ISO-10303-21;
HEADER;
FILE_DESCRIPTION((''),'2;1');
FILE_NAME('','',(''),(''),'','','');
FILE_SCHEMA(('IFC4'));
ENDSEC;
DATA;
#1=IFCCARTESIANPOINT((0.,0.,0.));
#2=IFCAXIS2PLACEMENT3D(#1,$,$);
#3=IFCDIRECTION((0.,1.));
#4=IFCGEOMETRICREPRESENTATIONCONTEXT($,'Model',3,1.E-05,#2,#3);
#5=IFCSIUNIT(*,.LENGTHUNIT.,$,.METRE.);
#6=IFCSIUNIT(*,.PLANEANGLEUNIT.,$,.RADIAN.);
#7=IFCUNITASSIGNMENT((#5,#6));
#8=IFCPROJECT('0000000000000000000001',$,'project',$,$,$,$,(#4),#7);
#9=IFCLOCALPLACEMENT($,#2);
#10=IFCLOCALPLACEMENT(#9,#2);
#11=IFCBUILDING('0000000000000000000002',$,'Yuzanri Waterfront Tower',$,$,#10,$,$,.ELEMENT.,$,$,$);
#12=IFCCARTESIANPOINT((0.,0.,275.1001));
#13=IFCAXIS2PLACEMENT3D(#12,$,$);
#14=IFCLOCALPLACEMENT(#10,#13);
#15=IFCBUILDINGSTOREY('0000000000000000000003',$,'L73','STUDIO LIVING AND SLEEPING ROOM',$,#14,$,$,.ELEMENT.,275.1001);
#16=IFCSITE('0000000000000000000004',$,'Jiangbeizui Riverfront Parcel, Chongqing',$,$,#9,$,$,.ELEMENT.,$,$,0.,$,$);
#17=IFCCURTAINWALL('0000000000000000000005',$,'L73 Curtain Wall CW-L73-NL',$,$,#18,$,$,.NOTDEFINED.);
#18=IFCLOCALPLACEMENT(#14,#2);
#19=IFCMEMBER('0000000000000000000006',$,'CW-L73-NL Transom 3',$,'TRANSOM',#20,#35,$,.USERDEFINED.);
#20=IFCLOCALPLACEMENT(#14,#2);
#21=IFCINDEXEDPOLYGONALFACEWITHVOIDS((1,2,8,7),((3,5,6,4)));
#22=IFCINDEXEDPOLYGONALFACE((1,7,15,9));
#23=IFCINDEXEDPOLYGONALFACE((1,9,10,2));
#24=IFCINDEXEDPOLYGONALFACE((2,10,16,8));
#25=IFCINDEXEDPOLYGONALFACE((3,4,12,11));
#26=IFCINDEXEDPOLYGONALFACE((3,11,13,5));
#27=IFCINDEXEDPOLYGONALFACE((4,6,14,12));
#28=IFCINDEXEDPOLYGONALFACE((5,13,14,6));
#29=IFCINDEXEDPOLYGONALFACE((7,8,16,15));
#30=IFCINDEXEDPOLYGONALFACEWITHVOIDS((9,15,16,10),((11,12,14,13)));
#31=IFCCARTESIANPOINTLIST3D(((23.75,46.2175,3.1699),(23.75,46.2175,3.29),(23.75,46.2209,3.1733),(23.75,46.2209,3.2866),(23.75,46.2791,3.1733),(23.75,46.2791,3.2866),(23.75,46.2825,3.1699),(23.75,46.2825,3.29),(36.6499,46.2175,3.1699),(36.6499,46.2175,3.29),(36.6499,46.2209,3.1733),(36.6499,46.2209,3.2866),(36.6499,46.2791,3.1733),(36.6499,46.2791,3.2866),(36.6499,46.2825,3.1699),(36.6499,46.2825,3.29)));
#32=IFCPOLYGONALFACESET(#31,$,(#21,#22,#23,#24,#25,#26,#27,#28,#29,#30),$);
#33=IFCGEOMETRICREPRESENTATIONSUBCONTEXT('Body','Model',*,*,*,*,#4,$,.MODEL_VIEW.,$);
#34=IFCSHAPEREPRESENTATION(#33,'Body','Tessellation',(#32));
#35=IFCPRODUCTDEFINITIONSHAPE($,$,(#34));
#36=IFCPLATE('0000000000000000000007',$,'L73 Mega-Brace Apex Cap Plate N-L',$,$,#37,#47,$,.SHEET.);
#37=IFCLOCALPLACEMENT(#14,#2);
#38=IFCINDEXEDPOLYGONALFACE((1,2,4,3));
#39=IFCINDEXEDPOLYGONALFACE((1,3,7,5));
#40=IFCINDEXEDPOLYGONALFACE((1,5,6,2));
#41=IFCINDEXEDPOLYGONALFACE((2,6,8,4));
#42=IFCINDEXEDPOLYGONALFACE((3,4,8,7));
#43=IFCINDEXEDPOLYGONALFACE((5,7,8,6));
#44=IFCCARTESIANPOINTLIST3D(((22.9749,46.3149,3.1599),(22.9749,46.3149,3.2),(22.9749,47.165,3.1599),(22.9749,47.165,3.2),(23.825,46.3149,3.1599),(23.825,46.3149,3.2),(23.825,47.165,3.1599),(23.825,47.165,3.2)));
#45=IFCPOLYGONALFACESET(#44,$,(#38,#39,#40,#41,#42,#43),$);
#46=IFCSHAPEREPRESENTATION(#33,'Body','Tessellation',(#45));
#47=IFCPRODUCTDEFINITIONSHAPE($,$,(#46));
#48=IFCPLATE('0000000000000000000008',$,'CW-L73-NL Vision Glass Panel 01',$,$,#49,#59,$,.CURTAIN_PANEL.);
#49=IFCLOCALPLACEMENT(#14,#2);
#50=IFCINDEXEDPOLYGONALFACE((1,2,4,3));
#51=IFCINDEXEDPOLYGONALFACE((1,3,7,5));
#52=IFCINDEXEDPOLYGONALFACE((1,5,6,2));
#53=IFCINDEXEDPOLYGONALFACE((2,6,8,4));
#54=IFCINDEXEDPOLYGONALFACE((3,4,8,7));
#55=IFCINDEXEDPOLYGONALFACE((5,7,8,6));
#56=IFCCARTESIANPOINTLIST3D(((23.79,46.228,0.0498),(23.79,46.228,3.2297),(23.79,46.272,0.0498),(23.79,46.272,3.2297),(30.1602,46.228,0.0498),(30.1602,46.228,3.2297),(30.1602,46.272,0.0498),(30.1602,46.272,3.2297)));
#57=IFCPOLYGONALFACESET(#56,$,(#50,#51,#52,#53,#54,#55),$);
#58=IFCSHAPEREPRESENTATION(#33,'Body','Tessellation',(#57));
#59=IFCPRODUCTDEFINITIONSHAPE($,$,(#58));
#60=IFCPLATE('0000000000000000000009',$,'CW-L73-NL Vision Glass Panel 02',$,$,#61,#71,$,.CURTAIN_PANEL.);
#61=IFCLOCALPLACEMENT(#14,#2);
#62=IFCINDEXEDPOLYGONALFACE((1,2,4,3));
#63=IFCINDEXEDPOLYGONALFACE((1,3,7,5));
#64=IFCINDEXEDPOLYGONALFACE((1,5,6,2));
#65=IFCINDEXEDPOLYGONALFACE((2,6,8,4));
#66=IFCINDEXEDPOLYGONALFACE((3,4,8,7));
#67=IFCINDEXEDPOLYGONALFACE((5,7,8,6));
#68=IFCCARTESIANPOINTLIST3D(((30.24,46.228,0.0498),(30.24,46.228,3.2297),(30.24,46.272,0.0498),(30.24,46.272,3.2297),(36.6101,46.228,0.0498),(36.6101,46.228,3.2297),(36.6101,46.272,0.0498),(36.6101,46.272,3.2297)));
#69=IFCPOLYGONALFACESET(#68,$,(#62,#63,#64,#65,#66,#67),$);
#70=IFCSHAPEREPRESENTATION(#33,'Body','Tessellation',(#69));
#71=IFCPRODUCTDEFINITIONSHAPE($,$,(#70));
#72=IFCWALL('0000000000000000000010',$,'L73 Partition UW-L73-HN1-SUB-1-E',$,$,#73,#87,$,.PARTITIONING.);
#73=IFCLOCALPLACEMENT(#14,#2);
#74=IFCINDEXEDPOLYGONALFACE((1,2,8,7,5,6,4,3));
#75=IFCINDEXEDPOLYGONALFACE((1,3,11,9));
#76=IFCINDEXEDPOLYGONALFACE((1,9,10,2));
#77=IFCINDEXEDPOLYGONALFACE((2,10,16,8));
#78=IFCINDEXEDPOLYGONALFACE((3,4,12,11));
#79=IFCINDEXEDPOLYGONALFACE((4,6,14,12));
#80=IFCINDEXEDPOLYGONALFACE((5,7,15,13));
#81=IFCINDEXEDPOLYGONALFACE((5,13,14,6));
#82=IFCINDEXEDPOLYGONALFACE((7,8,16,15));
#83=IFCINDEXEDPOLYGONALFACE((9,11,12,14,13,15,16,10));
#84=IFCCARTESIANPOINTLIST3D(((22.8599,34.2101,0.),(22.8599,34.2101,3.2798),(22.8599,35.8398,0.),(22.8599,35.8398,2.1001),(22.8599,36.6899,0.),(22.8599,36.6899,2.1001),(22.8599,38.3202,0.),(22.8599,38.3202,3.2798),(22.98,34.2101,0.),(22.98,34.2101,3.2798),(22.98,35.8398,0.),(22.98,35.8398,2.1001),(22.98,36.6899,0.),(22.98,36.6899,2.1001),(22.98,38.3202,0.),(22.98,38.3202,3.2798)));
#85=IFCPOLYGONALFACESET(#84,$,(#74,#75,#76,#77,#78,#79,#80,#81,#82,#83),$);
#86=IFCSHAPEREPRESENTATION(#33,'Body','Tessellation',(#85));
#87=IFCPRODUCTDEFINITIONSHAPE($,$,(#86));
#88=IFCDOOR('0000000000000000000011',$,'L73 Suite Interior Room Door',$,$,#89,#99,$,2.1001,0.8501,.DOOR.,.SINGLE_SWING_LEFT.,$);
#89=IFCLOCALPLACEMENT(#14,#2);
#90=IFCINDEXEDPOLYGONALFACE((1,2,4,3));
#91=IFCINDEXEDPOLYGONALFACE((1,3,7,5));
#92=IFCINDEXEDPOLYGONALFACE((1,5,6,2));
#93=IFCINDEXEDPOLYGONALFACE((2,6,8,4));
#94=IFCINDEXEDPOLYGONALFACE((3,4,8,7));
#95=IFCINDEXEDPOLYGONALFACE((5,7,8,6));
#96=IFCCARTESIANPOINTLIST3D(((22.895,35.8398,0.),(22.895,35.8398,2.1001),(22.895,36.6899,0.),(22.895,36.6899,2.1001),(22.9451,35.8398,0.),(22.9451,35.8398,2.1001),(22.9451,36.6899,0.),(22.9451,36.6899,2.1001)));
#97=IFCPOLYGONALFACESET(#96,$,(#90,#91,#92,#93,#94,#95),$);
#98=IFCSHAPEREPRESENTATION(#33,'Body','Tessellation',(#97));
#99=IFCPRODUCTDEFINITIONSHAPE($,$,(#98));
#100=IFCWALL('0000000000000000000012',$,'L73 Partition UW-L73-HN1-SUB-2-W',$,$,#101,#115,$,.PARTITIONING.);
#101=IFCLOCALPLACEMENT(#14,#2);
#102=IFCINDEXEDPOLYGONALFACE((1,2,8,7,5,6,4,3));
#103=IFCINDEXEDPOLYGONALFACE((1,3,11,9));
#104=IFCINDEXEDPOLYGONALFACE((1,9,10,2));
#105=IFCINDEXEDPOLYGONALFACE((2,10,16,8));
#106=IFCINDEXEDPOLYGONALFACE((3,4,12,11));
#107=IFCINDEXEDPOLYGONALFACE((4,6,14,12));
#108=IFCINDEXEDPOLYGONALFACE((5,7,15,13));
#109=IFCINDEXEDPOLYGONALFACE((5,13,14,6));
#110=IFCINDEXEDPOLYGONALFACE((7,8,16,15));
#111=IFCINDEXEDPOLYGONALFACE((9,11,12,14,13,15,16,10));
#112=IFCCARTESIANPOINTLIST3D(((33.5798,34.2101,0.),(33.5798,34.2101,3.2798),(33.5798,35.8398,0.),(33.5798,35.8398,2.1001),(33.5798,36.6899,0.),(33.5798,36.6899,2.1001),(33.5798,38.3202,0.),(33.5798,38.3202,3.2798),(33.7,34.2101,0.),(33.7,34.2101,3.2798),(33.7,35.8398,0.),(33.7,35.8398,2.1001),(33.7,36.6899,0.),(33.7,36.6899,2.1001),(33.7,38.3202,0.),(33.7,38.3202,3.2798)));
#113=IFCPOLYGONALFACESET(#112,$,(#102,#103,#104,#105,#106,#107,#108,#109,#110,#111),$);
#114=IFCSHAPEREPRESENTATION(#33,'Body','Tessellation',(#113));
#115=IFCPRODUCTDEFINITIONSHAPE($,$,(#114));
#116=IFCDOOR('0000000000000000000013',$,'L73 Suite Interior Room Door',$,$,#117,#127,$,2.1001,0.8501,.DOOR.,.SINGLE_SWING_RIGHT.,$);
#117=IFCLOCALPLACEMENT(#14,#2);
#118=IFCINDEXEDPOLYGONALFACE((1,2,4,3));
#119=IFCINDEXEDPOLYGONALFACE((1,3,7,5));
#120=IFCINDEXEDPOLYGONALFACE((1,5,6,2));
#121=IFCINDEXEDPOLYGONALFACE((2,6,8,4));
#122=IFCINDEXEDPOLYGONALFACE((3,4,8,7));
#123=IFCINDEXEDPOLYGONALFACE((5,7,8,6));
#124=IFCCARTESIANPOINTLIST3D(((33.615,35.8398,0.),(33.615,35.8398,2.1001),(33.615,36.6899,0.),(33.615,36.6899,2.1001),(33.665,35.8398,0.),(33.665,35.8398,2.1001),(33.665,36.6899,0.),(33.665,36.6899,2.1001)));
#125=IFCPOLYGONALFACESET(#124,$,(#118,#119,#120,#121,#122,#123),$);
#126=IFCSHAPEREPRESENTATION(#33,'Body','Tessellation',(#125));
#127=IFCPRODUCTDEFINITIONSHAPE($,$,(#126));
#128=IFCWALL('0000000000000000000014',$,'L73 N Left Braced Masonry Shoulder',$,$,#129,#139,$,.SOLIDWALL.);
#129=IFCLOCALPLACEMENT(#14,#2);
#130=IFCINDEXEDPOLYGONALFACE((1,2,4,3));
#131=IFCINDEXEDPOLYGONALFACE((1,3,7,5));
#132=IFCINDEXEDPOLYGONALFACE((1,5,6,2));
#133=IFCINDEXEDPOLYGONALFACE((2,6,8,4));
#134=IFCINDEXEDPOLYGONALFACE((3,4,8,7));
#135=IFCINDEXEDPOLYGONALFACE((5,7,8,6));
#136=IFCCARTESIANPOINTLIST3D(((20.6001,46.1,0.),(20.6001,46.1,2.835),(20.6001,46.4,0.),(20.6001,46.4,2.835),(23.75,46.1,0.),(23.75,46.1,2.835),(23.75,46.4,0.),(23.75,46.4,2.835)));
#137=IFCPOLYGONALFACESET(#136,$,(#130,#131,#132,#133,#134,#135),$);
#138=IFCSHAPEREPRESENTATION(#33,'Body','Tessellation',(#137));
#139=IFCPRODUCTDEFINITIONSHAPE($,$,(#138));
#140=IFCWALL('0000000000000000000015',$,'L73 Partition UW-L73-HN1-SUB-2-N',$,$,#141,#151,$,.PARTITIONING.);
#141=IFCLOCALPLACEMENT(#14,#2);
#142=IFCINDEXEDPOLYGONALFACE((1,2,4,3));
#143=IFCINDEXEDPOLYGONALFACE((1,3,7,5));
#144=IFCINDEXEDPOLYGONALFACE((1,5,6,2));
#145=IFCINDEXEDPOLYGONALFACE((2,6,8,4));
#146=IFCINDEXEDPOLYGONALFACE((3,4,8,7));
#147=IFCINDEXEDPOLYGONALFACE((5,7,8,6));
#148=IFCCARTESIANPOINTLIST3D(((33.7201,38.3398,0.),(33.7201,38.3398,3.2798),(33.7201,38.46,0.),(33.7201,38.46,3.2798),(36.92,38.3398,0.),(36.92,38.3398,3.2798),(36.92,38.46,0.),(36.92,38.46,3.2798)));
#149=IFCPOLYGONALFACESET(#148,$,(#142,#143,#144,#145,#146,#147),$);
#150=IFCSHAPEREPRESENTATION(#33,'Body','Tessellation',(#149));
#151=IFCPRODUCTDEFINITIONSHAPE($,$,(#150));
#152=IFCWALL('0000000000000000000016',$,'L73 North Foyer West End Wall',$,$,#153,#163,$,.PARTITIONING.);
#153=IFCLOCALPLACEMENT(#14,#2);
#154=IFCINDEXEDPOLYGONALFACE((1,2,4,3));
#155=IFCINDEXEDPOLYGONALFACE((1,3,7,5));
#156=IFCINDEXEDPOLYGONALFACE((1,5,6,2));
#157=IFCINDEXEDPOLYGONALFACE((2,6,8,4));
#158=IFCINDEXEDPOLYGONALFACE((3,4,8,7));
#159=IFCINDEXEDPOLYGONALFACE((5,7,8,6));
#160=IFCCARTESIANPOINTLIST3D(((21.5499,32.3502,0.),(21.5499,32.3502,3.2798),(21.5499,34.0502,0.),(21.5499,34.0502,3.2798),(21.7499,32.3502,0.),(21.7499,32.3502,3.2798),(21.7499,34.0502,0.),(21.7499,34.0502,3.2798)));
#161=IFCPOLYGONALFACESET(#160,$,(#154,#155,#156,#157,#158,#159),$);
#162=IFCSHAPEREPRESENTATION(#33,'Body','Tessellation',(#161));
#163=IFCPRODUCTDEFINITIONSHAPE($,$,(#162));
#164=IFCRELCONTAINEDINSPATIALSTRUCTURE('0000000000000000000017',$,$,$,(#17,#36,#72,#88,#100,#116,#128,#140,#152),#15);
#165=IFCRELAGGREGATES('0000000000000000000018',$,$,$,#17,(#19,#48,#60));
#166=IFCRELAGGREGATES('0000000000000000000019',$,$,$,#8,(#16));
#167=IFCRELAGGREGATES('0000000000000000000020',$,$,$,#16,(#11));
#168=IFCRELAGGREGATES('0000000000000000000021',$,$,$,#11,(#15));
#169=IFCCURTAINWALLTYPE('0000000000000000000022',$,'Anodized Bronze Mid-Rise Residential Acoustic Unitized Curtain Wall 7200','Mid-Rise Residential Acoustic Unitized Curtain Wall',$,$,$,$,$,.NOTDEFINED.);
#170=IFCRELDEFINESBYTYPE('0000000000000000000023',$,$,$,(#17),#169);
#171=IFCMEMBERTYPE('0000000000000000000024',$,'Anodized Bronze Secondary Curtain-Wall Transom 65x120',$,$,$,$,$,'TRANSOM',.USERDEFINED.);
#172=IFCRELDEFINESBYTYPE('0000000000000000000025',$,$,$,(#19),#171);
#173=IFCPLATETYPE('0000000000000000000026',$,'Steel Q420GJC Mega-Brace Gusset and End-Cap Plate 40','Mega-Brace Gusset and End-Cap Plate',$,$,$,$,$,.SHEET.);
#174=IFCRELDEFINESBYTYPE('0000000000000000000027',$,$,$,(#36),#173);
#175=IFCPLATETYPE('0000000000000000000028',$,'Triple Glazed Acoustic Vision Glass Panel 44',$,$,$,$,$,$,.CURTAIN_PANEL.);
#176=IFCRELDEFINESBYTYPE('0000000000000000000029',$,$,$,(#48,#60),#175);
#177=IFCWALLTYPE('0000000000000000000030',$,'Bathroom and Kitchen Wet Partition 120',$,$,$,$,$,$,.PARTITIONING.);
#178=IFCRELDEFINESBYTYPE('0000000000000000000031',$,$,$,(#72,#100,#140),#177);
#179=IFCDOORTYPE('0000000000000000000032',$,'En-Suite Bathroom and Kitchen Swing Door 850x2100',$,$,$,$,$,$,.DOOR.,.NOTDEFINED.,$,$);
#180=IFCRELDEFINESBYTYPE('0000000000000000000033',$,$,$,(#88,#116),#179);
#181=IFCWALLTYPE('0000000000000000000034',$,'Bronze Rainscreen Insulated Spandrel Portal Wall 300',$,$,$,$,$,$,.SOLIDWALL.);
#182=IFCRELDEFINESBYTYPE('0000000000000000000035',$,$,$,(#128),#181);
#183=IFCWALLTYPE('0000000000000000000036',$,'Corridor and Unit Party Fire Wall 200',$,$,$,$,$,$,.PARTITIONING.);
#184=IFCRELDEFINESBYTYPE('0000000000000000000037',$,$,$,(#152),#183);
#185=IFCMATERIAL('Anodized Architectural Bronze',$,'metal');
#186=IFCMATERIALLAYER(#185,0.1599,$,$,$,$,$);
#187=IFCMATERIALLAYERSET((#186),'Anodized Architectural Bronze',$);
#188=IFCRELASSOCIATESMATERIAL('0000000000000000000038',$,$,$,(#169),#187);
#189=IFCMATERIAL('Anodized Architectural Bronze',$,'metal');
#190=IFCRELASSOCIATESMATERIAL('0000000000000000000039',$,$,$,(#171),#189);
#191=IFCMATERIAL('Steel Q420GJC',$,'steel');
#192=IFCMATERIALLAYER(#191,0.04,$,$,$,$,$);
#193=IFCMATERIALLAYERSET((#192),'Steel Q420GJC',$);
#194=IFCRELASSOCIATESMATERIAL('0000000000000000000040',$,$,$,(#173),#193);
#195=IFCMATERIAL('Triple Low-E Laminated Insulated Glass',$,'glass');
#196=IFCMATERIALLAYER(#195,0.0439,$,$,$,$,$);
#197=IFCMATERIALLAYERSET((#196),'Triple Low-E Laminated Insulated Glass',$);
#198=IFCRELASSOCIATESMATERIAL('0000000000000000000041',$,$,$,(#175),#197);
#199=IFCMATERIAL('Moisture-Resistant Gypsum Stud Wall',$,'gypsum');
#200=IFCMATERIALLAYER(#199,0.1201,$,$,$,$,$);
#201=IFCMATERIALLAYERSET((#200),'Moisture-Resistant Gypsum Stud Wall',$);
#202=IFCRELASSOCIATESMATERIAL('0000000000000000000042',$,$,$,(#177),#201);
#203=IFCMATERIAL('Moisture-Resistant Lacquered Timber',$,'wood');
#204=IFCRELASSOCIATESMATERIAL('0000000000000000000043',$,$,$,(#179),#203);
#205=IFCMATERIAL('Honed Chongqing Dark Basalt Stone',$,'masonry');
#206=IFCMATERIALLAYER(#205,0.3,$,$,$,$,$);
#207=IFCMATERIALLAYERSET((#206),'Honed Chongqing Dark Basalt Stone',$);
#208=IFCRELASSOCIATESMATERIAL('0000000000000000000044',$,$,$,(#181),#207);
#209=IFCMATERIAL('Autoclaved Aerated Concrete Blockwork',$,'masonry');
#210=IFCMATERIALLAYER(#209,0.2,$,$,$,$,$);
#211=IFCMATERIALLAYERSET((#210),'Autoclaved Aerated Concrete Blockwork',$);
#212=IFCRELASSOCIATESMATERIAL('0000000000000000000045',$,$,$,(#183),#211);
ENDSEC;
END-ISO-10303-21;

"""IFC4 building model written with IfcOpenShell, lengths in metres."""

from ifc_helpers import new_model, si_unit, direction, frame, frame_2d, origin, origin_2d, place, context, subcontext, project, spatial, rectangle, hollow_rectangle, extrude, source, transform, mapped, material, layer, layer_set, material_profile, profile_set, type_object, element, fill, aggregate, save


model = new_model("IFC4")

# Units and contexts
model_context = context("Model", 3, precision=1e-05, world=origin(), true_north=direction((0.0, 1.0)))
body_context = subcontext(model_context, "Body", "Model", "MODEL_VIEW")
ifc_project = project(units=[si_unit("LENGTHUNIT", "METRE"), si_unit("PLANEANGLEUNIT", "RADIAN")], contexts=[model_context])

# Site, building, storey
site_placement = place(None, origin())
site = spatial("IfcSite", under=ifc_project, at=site_placement, Name="Jiangbeizui Riverfront Parcel, Chongqing", CompositionType="ELEMENT", RefElevation=0.0)
building_placement = place(site_placement, origin())
building = spatial("IfcBuilding", under=site, at=building_placement, Name="Yuzanri Waterfront Tower", CompositionType="ELEMENT")
storey_placement = place(building_placement, frame((0.0, 0.0, 275.1001)))
storey = spatial("IfcBuildingStorey", under=building, at=storey_placement, Name="L73", Description="STUDIO LIVING AND SLEEPING ROOM", CompositionType="ELEMENT", Elevation=275.1001)

# Curtain wall, member
ifc_material_1 = material(Name="Anodized Architectural Bronze", Category="metal")
ifc_layer_1 = layer(ifc_material_1, 0.1599)
ifc_layer_set_1 = layer_set([ifc_layer_1], Name="Anodized Architectural Bronze")
curtain_wall_type = type_object("IfcCurtainWallType", Name="Anodized Bronze Mid-Rise Residential Acoustic Unitized Curtain Wall 7200", Description="Mid-Rise Residential Acoustic Unitized Curtain Wall", PredefinedType="NOTDEFINED", material=ifc_layer_set_1)
curtain_wall_placement = place(storey_placement, origin())
curtain_wall = element("IfcCurtainWall", 1, at=curtain_wall_placement, inside=storey, type_object=curtain_wall_type, Name="L73 Curtain Wall CW-L73-NL", PredefinedType="NOTDEFINED")
ifc_material_2 = material(Name="Anodized Architectural Bronze", Category="metal")
ifc_material_profile_1 = material_profile(ifc_material_2, hollow_rectangle(XDim=0.0649, YDim=0.1201, WallThickness=0.0034, at=origin_2d()), Name="CWT 65x120")
ifc_profile_set_1 = profile_set([ifc_material_profile_1], Name="Anodized Architectural Bronze")
member_type_1 = type_object("IfcMemberType", Name="Anodized Bronze Secondary Curtain-Wall Transom 65x120", ElementType="TRANSOM", PredefinedType="USERDEFINED", material=ifc_profile_set_1)
shared_shape_1 = source(origin(), body_context, "Body", "SweptSolid", [
    extrude(hollow_rectangle(XDim=0.0649, YDim=0.1201, WallThickness=0.0034, at=origin_2d()), origin(), (0.0, 0.0, 1.0), 12.8999),
])
member_1_placement = place(storey_placement, frame((23.75, 46.25, 3.23), z_axis=(1.0, 0.0, 0.0), x_axis=(0.0, 1.0, 0.0)))
member_1 = element("IfcMember", 2, at=member_1_placement, type_object=member_type_1, Name="CW-L73-NL Transom 3", ObjectType="TRANSOM", PredefinedType="USERDEFINED", context=body_context, shape_type="MappedRepresentation", body=[
    mapped(shared_shape_1, transform((0.0, 0.0, 0.0), scale=1.0)),
])

# Plates
ifc_material_3 = material(Name="Steel Q420GJC", Category="steel")
ifc_layer_2 = layer(ifc_material_3, 0.04)
ifc_layer_set_2 = layer_set([ifc_layer_2], Name="Steel Q420GJC")
plate_type_1 = type_object("IfcPlateType", Name="Steel Q420GJC Mega-Brace Gusset and End-Cap Plate 40", Description="Mega-Brace Gusset and End-Cap Plate", PredefinedType="SHEET", material=ifc_layer_set_2)
shared_shape_2 = source(origin(), body_context, "Body", "SweptSolid", [
    extrude(rectangle(XDim=0.8501, YDim=0.8501, at=origin_2d()), origin(), (0.0, 0.0, 1.0), 0.04),
])
plate_1_placement = place(storey_placement, frame((23.3999, 46.74, 3.1599), z_axis=(0.0, 0.0, 1.0), x_axis=(1.0, 0.0, 0.0)))
element("IfcPlate", 3, at=plate_1_placement, inside=storey, type_object=plate_type_1, Name="L73 Mega-Brace Apex Cap Plate N-L", PredefinedType="SHEET", context=body_context, shape_type="MappedRepresentation", body=[
    mapped(shared_shape_2, transform((0.0, 0.0, 0.0), scale=1.0)),
])
ifc_material_4 = material(Name="Triple Low-E Laminated Insulated Glass", Category="glass")
ifc_layer_3 = layer(ifc_material_4, 0.0439)
ifc_layer_set_3 = layer_set([ifc_layer_3], Name="Triple Low-E Laminated Insulated Glass")
plate_type_2 = type_object("IfcPlateType", Name="Triple Glazed Acoustic Vision Glass Panel 44", PredefinedType="CURTAIN_PANEL", material=ifc_layer_set_3)
shared_shape_3 = source(origin(), body_context, "Body", "SweptSolid", [
    extrude(rectangle(XDim=6.3701, YDim=0.0439, at=origin_2d()), origin(), (0.0, 0.0, 1.0), 3.1799),
])
plate_2_placement = place(storey_placement, frame((26.9751, 46.25, 0.0498), z_axis=(0.0, 0.0, 1.0), x_axis=(1.0, 0.0, 0.0)))
plate_2 = element("IfcPlate", 4, at=plate_2_placement, type_object=plate_type_2, Name="CW-L73-NL Vision Glass Panel 01", PredefinedType="CURTAIN_PANEL", context=body_context, shape_type="MappedRepresentation", body=[
    mapped(shared_shape_3, transform((0.0, 0.0, 0.0), scale=1.0)),
])
plate_3_placement = place(storey_placement, frame((33.425, 46.25, 0.0498), z_axis=(0.0, 0.0, 1.0), x_axis=(1.0, 0.0, 0.0)))
plate_3 = element("IfcPlate", 5, at=plate_3_placement, type_object=plate_type_2, Name="CW-L73-NL Vision Glass Panel 02", PredefinedType="CURTAIN_PANEL", context=body_context, shape_type="MappedRepresentation", body=[
    mapped(shared_shape_3, transform((0.0, 0.0, 0.0), scale=1.0)),
])
aggregate(curtain_wall, [member_1, plate_2, plate_3])

# Walls, openings, doors
ifc_material_5 = material(Name="Moisture-Resistant Gypsum Stud Wall", Category="gypsum")
ifc_layer_4 = layer(ifc_material_5, 0.1201)
ifc_layer_set_4 = layer_set([ifc_layer_4], Name="Moisture-Resistant Gypsum Stud Wall")
wall_type_1 = type_object("IfcWallType", Name="Bathroom and Kitchen Wet Partition 120", PredefinedType="PARTITIONING", material=ifc_layer_set_4)
wall_1_placement = place(storey_placement, frame((22.9199, 34.21, 0.0), z_axis=(0.0, 0.0, 1.0), x_axis=(0.0, 1.0, 0.0)))
wall_1 = element("IfcWall", 6, at=wall_1_placement, inside=storey, type_object=wall_type_1, Name="L73 Partition UW-L73-HN1-SUB-1-E", PredefinedType="PARTITIONING", context=body_context, shape_type="SweptSolid", body=[
    extrude(rectangle(XDim=4.1101, YDim=0.1201, at=frame_2d((2.0552, 0.0))), origin(), (0.0, 0.0, 1.0), 3.2798),
])
opening_1_placement = place(wall_1_placement, frame((1.6299, 0.0, 0.0)))
opening_1 = element("IfcOpeningElement", 7, at=opening_1_placement, cuts=wall_1, PredefinedType="OPENING", context=body_context, shape_type="SweptSolid", body=[
    extrude(rectangle(XDim=0.8501, YDim=2.1001, at=frame_2d((0.425, 1.05))), frame((0.0, 0.075, 0.0), z_axis=(0.0, -1.0, 0.0), x_axis=(1.0, 0.0, 0.0)), (0.0, 0.0, 1.0), 0.1499),
])
ifc_material_6 = material(Name="Moisture-Resistant Lacquered Timber", Category="wood")
door_type = type_object("IfcDoorType", Name="En-Suite Bathroom and Kitchen Swing Door 850x2100", OperationType="NOTDEFINED", PredefinedType="DOOR", material=ifc_material_6)
shared_shape_4 = source(origin(), body_context, "Body", "SweptSolid", [
    extrude(rectangle(XDim=0.8501, YDim=2.1001, at=frame_2d((0.425, 1.05))), frame((0.0, 0.0249, 0.0), z_axis=(0.0, -1.0, 0.0), x_axis=(1.0, 0.0, 0.0)), (0.0, 0.0, 1.0), 0.05),
])
door_1_placement = place(opening_1_placement, origin())
door_1 = element("IfcDoor", 8, at=door_1_placement, inside=storey, type_object=door_type, Name="L73 Suite Interior Room Door", OperationType="SINGLE_SWING_LEFT", OverallHeight=2.1001, OverallWidth=0.8501, PredefinedType="DOOR", context=body_context, shape_type="MappedRepresentation", body=[
    mapped(shared_shape_4, transform((0.0, 0.0, 0.0), scale=1.0)),
])
fill(opening_1, door_1)
wall_2_placement = place(storey_placement, frame((33.6399, 34.21, 0.0), z_axis=(0.0, 0.0, 1.0), x_axis=(0.0, 1.0, 0.0)))
wall_2 = element("IfcWall", 9, at=wall_2_placement, inside=storey, type_object=wall_type_1, Name="L73 Partition UW-L73-HN1-SUB-2-W", PredefinedType="PARTITIONING", context=body_context, shape_type="SweptSolid", body=[
    extrude(rectangle(XDim=4.1101, YDim=0.1201, at=frame_2d((2.0552, 0.0))), origin(), (0.0, 0.0, 1.0), 3.2798),
])
opening_2_placement = place(wall_2_placement, frame((1.6299, 0.0, 0.0)))
opening_2 = element("IfcOpeningElement", 10, at=opening_2_placement, cuts=wall_2, PredefinedType="OPENING", context=body_context, shape_type="SweptSolid", body=[
    extrude(rectangle(XDim=0.8501, YDim=2.1001, at=frame_2d((0.425, 1.05))), frame((0.0, 0.075, 0.0), z_axis=(0.0, -1.0, 0.0), x_axis=(1.0, 0.0, 0.0)), (0.0, 0.0, 1.0), 0.1499),
])
door_2_placement = place(opening_2_placement, origin())
door_2 = element("IfcDoor", 11, at=door_2_placement, inside=storey, type_object=door_type, Name="L73 Suite Interior Room Door", OperationType="SINGLE_SWING_RIGHT", OverallHeight=2.1001, OverallWidth=0.8501, PredefinedType="DOOR", context=body_context, shape_type="MappedRepresentation", body=[
    mapped(shared_shape_4, transform((0.0, 0.0, 0.0), scale=1.0)),
])
fill(opening_2, door_2)

# Walls
ifc_material_7 = material(Name="Honed Chongqing Dark Basalt Stone", Category="masonry")
ifc_layer_5 = layer(ifc_material_7, 0.3)
ifc_layer_set_5 = layer_set([ifc_layer_5], Name="Honed Chongqing Dark Basalt Stone")
wall_type_2 = type_object("IfcWallType", Name="Bronze Rainscreen Insulated Spandrel Portal Wall 300", PredefinedType="SOLIDWALL", material=ifc_layer_set_5)
shared_shape_5 = source(origin(), body_context, "Body", "SweptSolid", [
    extrude(rectangle(XDim=3.1499, YDim=0.3, at=frame_2d((1.575, 0.0))), origin(), (0.0, 0.0, 1.0), 2.835),
])
wall_3_placement = place(storey_placement, frame((20.6001, 46.25, 0.0), z_axis=(0.0, 0.0, 1.0), x_axis=(1.0, 0.0, 0.0)))
element("IfcWall", 12, at=wall_3_placement, inside=storey, type_object=wall_type_2, Name="L73 N Left Braced Masonry Shoulder", PredefinedType="SOLIDWALL", context=body_context, shape_type="MappedRepresentation", body=[
    mapped(shared_shape_5, transform((0.0, 0.0, 0.0), scale=1.0)),
])
shared_shape_6 = source(origin(), body_context, "Body", "SweptSolid", [
    extrude(rectangle(XDim=3.2, YDim=0.1201, at=frame_2d((1.6001, 0.0))), origin(), (0.0, 0.0, 1.0), 3.2798),
])
wall_4_placement = place(storey_placement, frame((33.72, 38.3999, 0.0), z_axis=(0.0, 0.0, 1.0), x_axis=(1.0, 0.0, 0.0)))
element("IfcWall", 13, at=wall_4_placement, inside=storey, type_object=wall_type_1, Name="L73 Partition UW-L73-HN1-SUB-2-N", PredefinedType="PARTITIONING", context=body_context, shape_type="MappedRepresentation", body=[
    mapped(shared_shape_6, transform((0.0, 0.0, 0.0), scale=1.0)),
])
ifc_material_8 = material(Name="Autoclaved Aerated Concrete Blockwork", Category="masonry")
ifc_layer_6 = layer(ifc_material_8, 0.2)
ifc_layer_set_6 = layer_set([ifc_layer_6], Name="Autoclaved Aerated Concrete Blockwork")
wall_type_3 = type_object("IfcWallType", Name="Corridor and Unit Party Fire Wall 200", PredefinedType="PARTITIONING", material=ifc_layer_set_6)
shared_shape_7 = source(origin(), body_context, "Body", "SweptSolid", [
    extrude(rectangle(XDim=1.7, YDim=0.2, at=frame_2d((0.8501, 0.0))), origin(), (0.0, 0.0, 1.0), 3.2798),
])
wall_5_placement = place(storey_placement, frame((21.6499, 32.3501, 0.0), z_axis=(0.0, 0.0, 1.0), x_axis=(0.0, 1.0, 0.0)))
element("IfcWall", 14, at=wall_5_placement, inside=storey, type_object=wall_type_3, Name="L73 North Foyer West End Wall", PredefinedType="PARTITIONING", context=body_context, shape_type="MappedRepresentation", body=[
    mapped(shared_shape_7, transform((0.0, 0.0, 0.0), scale=1.0)),
])

save(model, "model.ifc")
